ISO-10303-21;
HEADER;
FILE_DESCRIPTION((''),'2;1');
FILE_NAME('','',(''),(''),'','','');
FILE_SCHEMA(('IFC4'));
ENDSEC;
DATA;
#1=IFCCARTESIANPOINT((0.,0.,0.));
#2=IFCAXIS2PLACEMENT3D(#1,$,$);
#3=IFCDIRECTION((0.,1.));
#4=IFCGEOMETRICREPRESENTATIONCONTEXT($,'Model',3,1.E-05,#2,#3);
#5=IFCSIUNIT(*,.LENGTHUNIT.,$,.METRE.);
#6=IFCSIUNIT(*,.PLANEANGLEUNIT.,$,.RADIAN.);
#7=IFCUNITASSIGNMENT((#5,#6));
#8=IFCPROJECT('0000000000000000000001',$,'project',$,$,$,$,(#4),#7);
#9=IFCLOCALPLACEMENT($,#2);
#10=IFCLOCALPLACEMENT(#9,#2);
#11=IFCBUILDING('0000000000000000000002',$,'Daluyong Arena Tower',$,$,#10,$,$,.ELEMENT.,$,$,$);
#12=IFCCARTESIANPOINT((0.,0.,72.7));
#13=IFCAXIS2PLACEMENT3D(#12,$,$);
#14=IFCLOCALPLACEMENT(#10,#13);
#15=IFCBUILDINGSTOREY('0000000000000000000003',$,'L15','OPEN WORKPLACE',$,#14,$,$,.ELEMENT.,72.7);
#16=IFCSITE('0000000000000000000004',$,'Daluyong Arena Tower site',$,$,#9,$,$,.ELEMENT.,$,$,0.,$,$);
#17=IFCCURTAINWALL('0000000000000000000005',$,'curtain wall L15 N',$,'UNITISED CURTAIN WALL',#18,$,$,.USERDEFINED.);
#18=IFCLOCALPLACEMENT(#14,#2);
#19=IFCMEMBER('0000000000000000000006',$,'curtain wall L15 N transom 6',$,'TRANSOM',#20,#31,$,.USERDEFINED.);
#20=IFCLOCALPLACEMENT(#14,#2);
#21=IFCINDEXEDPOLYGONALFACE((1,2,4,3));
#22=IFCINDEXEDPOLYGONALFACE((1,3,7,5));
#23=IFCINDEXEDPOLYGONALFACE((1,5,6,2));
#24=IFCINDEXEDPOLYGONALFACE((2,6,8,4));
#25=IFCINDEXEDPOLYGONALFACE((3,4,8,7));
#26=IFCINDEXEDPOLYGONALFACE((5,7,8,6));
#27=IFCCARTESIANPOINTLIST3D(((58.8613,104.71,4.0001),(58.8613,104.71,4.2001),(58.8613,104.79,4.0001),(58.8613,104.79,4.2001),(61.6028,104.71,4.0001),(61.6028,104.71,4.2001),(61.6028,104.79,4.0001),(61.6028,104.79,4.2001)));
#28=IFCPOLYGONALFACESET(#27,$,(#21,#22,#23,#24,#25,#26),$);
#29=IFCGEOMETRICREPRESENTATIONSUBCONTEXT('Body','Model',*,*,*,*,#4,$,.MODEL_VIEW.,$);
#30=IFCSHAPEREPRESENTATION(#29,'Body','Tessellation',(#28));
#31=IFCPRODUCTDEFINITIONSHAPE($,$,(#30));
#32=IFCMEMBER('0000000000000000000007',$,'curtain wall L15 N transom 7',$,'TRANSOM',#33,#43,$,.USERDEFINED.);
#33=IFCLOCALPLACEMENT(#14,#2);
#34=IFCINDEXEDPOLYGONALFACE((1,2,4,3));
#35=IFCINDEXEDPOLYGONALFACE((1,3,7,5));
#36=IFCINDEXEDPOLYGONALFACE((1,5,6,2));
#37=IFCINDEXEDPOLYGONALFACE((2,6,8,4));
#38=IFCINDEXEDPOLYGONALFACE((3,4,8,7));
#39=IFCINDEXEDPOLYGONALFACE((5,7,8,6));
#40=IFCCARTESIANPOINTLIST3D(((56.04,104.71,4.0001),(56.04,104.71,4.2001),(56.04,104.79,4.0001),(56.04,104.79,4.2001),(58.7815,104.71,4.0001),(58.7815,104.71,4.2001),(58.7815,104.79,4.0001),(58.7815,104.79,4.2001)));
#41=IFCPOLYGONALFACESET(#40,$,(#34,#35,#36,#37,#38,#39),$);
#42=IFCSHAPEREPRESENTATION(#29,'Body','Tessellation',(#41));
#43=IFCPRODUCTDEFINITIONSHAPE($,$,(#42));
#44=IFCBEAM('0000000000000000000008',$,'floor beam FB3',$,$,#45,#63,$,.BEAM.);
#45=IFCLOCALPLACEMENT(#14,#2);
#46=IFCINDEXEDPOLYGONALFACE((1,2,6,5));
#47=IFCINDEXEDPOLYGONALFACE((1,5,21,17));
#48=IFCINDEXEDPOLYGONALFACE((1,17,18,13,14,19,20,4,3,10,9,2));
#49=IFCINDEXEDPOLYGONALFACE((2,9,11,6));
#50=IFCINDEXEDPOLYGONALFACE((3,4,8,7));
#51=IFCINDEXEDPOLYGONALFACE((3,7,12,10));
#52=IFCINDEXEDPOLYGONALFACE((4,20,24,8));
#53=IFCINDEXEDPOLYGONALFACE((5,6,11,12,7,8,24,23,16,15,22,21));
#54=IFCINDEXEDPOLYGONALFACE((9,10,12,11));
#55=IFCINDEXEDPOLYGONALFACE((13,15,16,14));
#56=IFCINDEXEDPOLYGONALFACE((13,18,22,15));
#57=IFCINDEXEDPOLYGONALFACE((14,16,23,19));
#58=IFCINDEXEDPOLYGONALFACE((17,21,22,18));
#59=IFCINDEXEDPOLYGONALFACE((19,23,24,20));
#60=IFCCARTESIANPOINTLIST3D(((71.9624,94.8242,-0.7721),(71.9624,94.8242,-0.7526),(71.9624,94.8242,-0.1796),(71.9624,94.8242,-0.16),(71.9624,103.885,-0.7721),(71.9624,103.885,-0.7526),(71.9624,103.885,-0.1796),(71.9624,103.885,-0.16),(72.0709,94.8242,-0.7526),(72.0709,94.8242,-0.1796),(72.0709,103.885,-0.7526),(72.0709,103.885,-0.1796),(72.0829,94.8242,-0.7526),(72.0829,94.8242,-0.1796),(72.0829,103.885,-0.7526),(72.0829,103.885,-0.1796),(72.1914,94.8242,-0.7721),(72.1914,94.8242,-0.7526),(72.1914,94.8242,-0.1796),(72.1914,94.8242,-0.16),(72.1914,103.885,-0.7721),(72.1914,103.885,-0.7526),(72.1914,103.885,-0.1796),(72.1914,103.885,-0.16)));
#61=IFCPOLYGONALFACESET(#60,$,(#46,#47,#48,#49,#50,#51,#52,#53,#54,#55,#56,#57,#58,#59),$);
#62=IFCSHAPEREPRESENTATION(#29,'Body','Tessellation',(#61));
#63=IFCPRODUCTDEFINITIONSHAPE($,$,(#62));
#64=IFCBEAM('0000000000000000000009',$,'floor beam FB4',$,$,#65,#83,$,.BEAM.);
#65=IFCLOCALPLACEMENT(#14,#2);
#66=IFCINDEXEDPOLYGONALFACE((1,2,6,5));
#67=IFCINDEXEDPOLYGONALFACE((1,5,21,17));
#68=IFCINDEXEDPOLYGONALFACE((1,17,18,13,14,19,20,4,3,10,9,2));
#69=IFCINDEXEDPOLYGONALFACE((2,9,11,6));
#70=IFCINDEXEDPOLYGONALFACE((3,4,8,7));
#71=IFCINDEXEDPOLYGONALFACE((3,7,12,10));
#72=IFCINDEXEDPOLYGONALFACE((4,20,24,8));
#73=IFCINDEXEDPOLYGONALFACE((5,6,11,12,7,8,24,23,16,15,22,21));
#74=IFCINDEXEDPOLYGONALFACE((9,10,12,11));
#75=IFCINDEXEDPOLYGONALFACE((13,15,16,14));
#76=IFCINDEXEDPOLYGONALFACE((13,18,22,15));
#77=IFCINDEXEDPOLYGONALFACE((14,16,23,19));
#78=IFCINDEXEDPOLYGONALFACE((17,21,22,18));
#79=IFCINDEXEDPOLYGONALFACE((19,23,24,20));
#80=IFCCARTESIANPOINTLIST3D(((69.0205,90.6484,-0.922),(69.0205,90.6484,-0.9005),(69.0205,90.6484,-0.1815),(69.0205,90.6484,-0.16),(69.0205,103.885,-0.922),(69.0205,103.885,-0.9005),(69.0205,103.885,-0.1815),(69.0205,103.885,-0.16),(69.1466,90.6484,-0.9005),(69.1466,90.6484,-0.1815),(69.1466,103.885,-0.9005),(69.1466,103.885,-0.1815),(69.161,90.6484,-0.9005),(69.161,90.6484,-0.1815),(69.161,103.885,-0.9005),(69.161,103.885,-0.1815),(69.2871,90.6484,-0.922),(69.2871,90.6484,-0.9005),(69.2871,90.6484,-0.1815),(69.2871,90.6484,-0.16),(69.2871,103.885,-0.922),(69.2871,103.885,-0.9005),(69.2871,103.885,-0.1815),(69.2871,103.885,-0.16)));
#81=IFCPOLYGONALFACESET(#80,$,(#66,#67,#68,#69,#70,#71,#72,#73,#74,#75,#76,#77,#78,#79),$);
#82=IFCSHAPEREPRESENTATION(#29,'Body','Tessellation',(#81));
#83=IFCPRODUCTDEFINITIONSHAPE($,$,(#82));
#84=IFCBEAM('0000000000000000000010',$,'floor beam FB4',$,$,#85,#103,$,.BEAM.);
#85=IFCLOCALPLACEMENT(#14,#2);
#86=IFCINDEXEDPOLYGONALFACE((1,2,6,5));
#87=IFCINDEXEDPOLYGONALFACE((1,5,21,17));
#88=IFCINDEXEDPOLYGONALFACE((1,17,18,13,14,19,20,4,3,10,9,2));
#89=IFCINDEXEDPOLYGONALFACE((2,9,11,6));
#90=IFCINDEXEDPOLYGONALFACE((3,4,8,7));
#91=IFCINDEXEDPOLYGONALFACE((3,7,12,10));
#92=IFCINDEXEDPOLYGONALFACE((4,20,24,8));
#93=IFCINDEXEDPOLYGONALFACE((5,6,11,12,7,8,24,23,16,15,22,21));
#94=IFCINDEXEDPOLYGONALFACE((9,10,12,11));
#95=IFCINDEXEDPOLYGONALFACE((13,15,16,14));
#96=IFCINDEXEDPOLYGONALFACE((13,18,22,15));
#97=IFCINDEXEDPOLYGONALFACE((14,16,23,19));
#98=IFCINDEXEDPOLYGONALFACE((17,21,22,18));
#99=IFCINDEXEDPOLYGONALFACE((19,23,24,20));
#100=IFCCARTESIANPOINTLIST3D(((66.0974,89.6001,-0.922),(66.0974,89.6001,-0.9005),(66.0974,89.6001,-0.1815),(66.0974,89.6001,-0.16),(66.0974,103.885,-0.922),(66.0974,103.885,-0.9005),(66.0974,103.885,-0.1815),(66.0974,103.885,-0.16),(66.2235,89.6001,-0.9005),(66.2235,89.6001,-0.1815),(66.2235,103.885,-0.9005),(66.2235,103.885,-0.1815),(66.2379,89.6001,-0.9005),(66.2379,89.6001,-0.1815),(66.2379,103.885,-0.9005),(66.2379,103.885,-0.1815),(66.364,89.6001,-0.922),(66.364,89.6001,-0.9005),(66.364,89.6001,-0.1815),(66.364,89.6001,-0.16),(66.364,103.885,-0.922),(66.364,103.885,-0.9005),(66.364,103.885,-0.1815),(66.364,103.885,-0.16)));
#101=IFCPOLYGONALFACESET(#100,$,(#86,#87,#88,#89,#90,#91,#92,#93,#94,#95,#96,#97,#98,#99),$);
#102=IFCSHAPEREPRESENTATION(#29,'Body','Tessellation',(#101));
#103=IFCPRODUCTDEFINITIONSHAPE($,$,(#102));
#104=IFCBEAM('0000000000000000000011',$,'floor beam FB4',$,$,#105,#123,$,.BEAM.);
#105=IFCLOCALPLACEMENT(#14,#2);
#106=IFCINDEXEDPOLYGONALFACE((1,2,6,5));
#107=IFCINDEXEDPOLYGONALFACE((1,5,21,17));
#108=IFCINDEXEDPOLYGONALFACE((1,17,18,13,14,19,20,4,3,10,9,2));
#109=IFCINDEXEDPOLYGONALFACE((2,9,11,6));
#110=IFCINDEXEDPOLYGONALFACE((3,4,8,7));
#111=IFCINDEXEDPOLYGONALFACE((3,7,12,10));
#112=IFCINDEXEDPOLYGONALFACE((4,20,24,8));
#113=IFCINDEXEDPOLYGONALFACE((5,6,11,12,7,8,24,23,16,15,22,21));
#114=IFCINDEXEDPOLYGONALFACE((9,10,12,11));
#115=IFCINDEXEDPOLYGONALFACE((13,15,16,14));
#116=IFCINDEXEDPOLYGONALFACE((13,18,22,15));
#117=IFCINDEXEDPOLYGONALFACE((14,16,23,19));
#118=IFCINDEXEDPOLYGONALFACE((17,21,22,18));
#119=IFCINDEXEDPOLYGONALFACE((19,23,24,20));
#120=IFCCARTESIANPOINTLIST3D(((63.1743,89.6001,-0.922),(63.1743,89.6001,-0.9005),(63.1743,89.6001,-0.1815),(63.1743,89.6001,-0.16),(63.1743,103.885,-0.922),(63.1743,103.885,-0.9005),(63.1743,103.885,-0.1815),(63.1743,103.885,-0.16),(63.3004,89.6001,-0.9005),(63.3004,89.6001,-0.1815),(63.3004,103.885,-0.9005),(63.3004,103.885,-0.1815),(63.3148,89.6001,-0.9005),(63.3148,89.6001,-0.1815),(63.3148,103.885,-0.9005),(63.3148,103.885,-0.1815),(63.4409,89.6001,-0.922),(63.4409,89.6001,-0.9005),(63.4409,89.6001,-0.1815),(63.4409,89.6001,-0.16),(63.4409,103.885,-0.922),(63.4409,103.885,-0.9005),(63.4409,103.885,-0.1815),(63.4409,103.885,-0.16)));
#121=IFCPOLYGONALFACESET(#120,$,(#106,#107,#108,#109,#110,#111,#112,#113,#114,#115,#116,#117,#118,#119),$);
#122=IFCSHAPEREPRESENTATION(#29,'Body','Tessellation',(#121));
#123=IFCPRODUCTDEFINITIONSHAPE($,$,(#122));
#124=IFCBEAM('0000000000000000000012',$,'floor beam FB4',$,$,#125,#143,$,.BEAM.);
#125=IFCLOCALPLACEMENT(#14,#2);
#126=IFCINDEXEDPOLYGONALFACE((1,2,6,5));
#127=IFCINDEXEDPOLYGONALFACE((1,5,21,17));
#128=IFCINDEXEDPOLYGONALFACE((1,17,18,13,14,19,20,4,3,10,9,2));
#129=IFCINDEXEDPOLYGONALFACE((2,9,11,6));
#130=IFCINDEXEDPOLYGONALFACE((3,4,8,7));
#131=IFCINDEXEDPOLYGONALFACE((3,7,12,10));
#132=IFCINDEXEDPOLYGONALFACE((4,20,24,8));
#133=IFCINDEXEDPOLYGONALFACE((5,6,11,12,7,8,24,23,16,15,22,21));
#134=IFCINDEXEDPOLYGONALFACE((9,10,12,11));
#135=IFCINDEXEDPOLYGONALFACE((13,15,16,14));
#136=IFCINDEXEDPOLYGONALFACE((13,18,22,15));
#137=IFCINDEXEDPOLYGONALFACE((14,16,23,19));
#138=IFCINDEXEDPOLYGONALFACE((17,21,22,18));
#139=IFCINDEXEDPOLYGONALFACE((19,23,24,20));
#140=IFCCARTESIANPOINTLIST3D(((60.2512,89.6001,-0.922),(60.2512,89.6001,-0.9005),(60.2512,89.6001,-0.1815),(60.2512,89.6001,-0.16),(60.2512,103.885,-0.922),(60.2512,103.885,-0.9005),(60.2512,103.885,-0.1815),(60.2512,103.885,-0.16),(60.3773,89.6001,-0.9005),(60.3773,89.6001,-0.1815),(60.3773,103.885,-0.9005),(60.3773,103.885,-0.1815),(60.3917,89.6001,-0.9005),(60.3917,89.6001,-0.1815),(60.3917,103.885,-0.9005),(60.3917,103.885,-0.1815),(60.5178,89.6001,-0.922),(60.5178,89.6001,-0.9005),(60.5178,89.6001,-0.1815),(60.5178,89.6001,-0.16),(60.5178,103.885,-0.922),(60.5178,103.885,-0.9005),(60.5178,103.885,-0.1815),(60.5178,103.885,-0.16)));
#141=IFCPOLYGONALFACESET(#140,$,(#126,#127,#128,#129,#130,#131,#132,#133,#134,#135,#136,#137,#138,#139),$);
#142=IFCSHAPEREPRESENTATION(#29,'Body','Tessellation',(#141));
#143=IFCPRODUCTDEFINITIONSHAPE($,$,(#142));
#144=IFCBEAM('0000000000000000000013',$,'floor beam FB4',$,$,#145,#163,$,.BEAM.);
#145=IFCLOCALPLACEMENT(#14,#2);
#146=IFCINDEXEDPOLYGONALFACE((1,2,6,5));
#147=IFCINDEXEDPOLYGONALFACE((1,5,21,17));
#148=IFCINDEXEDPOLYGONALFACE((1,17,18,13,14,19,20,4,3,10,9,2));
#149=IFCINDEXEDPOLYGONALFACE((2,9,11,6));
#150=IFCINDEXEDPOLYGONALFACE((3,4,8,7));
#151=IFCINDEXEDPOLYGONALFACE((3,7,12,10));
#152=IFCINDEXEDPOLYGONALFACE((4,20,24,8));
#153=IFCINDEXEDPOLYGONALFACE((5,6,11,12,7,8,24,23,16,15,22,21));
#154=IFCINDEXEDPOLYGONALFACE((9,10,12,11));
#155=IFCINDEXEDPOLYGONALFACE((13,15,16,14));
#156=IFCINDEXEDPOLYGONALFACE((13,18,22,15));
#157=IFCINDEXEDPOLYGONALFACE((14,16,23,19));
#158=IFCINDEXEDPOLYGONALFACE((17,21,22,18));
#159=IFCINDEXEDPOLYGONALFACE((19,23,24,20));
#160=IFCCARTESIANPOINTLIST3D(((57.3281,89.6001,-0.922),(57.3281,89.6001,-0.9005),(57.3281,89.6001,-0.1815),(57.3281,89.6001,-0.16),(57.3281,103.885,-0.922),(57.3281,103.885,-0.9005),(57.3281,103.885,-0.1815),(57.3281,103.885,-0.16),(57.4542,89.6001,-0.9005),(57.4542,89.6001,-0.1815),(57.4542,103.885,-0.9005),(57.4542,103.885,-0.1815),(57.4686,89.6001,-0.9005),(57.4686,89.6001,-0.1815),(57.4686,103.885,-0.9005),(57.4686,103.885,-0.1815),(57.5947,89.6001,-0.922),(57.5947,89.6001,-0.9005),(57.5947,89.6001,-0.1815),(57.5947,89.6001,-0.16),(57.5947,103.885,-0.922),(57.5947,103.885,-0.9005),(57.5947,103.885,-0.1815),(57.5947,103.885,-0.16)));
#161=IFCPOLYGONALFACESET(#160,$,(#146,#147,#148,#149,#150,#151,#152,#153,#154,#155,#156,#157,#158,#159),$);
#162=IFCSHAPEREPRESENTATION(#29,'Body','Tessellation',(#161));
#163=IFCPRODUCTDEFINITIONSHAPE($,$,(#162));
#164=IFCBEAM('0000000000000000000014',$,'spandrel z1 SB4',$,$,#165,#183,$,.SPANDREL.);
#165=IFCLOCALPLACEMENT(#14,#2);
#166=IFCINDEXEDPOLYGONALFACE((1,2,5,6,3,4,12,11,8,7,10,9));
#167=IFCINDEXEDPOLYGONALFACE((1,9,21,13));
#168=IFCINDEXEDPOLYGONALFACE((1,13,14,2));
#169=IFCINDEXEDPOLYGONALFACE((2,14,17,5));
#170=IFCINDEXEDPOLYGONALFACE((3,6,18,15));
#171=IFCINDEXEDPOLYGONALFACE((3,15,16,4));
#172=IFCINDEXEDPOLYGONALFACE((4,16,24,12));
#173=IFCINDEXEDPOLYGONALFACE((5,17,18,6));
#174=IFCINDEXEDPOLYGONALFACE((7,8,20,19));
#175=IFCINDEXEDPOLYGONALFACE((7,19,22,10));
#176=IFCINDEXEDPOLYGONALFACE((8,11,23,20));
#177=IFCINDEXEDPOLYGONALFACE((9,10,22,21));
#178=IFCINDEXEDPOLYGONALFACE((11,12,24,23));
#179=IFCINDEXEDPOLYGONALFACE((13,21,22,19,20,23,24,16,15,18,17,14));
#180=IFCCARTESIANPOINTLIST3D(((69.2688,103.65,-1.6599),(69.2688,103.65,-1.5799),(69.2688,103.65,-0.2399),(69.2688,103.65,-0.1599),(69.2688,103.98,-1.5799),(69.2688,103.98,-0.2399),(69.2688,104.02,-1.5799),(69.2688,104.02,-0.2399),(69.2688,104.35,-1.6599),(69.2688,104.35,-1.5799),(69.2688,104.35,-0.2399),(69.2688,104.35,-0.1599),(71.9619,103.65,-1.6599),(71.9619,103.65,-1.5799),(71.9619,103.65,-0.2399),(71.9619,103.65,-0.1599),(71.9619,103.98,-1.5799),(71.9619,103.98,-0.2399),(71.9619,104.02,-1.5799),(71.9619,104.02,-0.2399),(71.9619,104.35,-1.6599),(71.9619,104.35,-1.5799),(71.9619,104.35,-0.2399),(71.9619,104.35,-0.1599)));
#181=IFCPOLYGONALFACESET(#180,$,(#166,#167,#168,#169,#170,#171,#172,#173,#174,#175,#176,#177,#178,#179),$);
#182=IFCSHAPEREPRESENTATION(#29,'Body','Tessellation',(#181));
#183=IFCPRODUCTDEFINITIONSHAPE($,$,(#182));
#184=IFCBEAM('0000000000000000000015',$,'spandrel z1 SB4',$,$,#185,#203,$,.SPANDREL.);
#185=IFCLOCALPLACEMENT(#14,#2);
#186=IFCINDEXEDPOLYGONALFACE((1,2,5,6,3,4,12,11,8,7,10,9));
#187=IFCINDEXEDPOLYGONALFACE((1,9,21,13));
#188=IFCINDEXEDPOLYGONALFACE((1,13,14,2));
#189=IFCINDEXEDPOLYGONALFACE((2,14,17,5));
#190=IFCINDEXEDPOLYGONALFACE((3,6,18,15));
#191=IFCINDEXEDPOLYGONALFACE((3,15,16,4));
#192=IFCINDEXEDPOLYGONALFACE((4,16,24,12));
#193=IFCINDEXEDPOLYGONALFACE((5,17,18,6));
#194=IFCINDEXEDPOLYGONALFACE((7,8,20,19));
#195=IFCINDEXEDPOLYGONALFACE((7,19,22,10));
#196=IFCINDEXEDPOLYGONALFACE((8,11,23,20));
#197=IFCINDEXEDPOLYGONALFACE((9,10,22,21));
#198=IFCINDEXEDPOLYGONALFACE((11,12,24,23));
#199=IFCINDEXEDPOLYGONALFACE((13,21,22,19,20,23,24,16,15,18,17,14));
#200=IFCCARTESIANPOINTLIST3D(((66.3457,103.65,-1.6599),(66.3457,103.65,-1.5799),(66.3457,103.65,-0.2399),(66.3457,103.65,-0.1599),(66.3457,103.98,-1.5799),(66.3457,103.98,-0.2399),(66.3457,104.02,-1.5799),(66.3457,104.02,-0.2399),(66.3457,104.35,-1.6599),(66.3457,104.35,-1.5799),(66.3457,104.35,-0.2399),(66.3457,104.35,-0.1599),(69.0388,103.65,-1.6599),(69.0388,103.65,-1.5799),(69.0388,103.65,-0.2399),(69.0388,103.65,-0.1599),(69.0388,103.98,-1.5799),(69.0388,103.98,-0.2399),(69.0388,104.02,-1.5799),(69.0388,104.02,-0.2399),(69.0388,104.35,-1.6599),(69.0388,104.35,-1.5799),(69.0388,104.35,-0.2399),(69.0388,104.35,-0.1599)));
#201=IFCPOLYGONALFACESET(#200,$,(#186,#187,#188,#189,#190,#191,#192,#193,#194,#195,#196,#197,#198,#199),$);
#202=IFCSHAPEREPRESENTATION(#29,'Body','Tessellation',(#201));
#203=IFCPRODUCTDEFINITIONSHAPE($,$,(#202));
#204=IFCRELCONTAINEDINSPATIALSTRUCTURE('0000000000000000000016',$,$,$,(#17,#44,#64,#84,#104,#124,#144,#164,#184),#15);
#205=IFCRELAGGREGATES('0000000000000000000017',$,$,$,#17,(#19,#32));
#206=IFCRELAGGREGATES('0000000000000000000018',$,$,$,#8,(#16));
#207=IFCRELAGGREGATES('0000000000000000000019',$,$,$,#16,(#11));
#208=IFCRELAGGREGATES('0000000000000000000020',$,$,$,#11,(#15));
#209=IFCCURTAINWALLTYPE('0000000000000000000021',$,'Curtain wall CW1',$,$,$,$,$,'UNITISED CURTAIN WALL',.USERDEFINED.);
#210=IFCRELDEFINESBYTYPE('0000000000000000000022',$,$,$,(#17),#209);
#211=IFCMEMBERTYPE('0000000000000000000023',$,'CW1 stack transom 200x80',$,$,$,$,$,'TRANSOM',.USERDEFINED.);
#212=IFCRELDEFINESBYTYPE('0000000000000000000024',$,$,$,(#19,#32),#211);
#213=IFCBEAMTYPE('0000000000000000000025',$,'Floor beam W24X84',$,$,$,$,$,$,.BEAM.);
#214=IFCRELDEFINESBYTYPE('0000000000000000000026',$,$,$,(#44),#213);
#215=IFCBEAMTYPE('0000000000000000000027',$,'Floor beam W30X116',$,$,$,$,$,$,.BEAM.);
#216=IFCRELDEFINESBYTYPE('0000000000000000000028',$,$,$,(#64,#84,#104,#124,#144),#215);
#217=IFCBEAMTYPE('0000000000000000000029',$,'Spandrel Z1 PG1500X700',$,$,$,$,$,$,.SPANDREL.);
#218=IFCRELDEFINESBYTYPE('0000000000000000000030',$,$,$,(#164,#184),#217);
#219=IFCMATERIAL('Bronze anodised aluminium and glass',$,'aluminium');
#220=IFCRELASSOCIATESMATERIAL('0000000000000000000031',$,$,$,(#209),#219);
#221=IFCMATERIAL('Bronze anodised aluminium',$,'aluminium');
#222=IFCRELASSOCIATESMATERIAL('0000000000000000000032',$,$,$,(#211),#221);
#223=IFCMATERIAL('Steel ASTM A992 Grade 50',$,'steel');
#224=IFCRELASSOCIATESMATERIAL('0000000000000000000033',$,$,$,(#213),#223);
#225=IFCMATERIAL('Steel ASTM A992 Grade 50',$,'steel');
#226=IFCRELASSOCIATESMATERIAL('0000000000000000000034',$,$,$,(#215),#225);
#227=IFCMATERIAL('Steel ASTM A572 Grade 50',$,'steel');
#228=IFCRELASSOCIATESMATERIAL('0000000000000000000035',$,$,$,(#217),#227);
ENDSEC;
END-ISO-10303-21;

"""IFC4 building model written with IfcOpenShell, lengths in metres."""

from ifc_helpers import new_model, si_unit, direction, frame, origin, origin_2d, place, context, subcontext, project, spatial, rectangle, i_section, extrude, material, material_profile, profile_set, type_object, element, aggregate, save


model = new_model("IFC4")

# Units and contexts
model_context = context("Model", 3, precision=1e-05, world=origin(), true_north=direction((0.0, 1.0)))
body_context = subcontext(model_context, "Body", "Model", "MODEL_VIEW")
ifc_project = project(units=[si_unit("LENGTHUNIT", "METRE"), si_unit("PLANEANGLEUNIT", "RADIAN")], contexts=[model_context])

# Site, building, storey
site_placement = place(None, origin())
site = spatial("IfcSite", under=ifc_project, at=site_placement, Name="Daluyong Arena Tower site", CompositionType="ELEMENT", RefElevation=0.0)
building_placement = place(site_placement, origin())
building = spatial("IfcBuilding", under=site, at=building_placement, Name="Daluyong Arena Tower", CompositionType="ELEMENT")
storey_placement = place(building_placement, frame((0.0, 0.0, 72.7)))
storey = spatial("IfcBuildingStorey", under=building, at=storey_placement, Name="L15", Description="OPEN WORKPLACE", CompositionType="ELEMENT", Elevation=72.7)

# Curtain wall, members
ifc_material_1 = material(Name="Bronze anodised aluminium and glass", Category="aluminium")
curtain_wall_type = type_object("IfcCurtainWallType", Name="Curtain wall CW1", ElementType="UNITISED CURTAIN WALL", PredefinedType="USERDEFINED", material=ifc_material_1)
curtain_wall_placement = place(storey_placement, origin())
curtain_wall = element("IfcCurtainWall", 1, at=curtain_wall_placement, inside=storey, type_object=curtain_wall_type, Name="curtain wall L15 N", ObjectType="UNITISED CURTAIN WALL", PredefinedType="USERDEFINED")
ifc_material_2 = material(Name="Bronze anodised aluminium", Category="aluminium")
ifc_material_profile_1 = material_profile(ifc_material_2, rectangle(XDim=0.0801, YDim=0.2, at=origin_2d()))
ifc_profile_set_1 = profile_set([ifc_material_profile_1], Name="Bronze anodised aluminium")
member_type_1 = type_object("IfcMemberType", Name="CW1 stack transom 200x80", ElementType="TRANSOM", PredefinedType="USERDEFINED", material=ifc_profile_set_1)
member_1_placement = place(storey_placement, frame((61.6028, 104.75, 4.1001), z_axis=(-1.0, 0.0, 0.0), x_axis=(0.0, -1.0, 0.0)))
member_1 = element("IfcMember", 2, at=member_1_placement, type_object=member_type_1, Name="curtain wall L15 N transom 6", ObjectType="TRANSOM", PredefinedType="USERDEFINED", context=body_context, shape_type="SweptSolid", body=[
    extrude(rectangle(XDim=0.0801, YDim=0.2, at=origin_2d()), origin(), (0.0, 0.0, 1.0), 2.7415),
])
member_2_placement = place(storey_placement, frame((58.7815, 104.75, 4.1001), z_axis=(-1.0, 0.0, 0.0), x_axis=(0.0, -1.0, 0.0)))
member_2 = element("IfcMember", 3, at=member_2_placement, type_object=member_type_1, Name="curtain wall L15 N transom 7", ObjectType="TRANSOM", PredefinedType="USERDEFINED", context=body_context, shape_type="SweptSolid", body=[
    extrude(rectangle(XDim=0.0801, YDim=0.2, at=origin_2d()), origin(), (0.0, 0.0, 1.0), 2.7415),
])

# Beams
ifc_material_3 = material(Name="Steel ASTM A992 Grade 50", Category="steel")
ifc_material_profile_2 = material_profile(ifc_material_3, i_section(OverallWidth=0.229, OverallDepth=0.6121, WebThickness=0.012, FlangeThickness=0.0195, at=origin_2d()))
ifc_profile_set_2 = profile_set([ifc_material_profile_2], Name="Steel ASTM A992 Grade 50")
beam_type_1 = type_object("IfcBeamType", Name="Floor beam W24X84", PredefinedType="BEAM", material=ifc_profile_set_2)
beam_1_placement = place(storey_placement, frame((72.0769, 103.885, -0.4661), z_axis=(0.0, -1.0, 0.0), x_axis=(1.0, 0.0, 0.0)))
element("IfcBeam", 4, at=beam_1_placement, inside=storey, type_object=beam_type_1, Name="floor beam FB3", PredefinedType="BEAM", context=body_context, shape_type="SweptSolid", body=[
    extrude(i_section(OverallWidth=0.229, OverallDepth=0.6121, WebThickness=0.012, FlangeThickness=0.0195, at=origin_2d()), origin(), (0.0, 0.0, 1.0), 9.0608),
])
ifc_material_4 = material(Name="Steel ASTM A992 Grade 50", Category="steel")
ifc_material_profile_3 = material_profile(ifc_material_4, i_section(OverallWidth=0.2666, OverallDepth=0.762, WebThickness=0.0144, FlangeThickness=0.0215, at=origin_2d()))
ifc_profile_set_3 = profile_set([ifc_material_profile_3], Name="Steel ASTM A992 Grade 50")
beam_type_2 = type_object("IfcBeamType", Name="Floor beam W30X116", PredefinedType="BEAM", material=ifc_profile_set_3)
beam_2_placement = place(storey_placement, frame((69.1538, 103.885, -0.541), z_axis=(0.0, -1.0, 0.0), x_axis=(1.0, 0.0, 0.0)))
element("IfcBeam", 5, at=beam_2_placement, inside=storey, type_object=beam_type_2, Name="floor beam FB4", PredefinedType="BEAM", context=body_context, shape_type="SweptSolid", body=[
    extrude(i_section(OverallWidth=0.2666, OverallDepth=0.762, WebThickness=0.0144, FlangeThickness=0.0215, at=origin_2d()), origin(), (0.0, 0.0, 1.0), 13.2366),
])
for number, where, z_axis, x_axis, name in (
    (6, (66.2307, 103.885, -0.541), (0.0, -1.0, 0.0), (1.0, 0.0, 0.0), "floor beam FB4"),
    (7, (63.3076, 103.885, -0.541), (0.0, -1.0, 0.0), (1.0, 0.0, 0.0), "floor beam FB4"),
    (8, (60.3845, 103.885, -0.541), (0.0, -1.0, 0.0), (1.0, 0.0, 0.0), "floor beam FB4"),
    (9, (57.4614, 103.885, -0.541), (0.0, -1.0, 0.0), (1.0, 0.0, 0.0), "floor beam FB4"),
):
    element("IfcBeam", number, at=place(storey_placement, frame(where, z_axis=z_axis, x_axis=x_axis)), inside=storey, type_object=beam_type_2, Name=name, PredefinedType="BEAM", context=body_context, shape_type="SweptSolid", body=[
        extrude(i_section(OverallWidth=0.2666, OverallDepth=0.762, WebThickness=0.0144, FlangeThickness=0.0215, at=origin_2d()), origin(), (0.0, 0.0, 1.0), 14.2849),
    ])
ifc_material_5 = material(Name="Steel ASTM A572 Grade 50", Category="steel")
ifc_material_profile_4 = material_profile(ifc_material_5, i_section(OverallWidth=0.7, OverallDepth=1.5, WebThickness=0.04, FlangeThickness=0.08, at=origin_2d()))
ifc_profile_set_4 = profile_set([ifc_material_profile_4], Name="Steel ASTM A572 Grade 50")
beam_type_3 = type_object("IfcBeamType", Name="Spandrel Z1 PG1500X700", PredefinedType="SPANDREL", material=ifc_profile_set_4)
for number, where, z_axis, x_axis, name in (
    (10, (71.9619, 104.0, -0.9099), (-1.0, 0.0, 0.0), (0.0, -1.0, 0.0), "spandrel z1 SB4"),
    (11, (69.0388, 104.0, -0.9099), (-1.0, 0.0, 0.0), (0.0, -1.0, 0.0), "spandrel z1 SB4"),
):
    element("IfcBeam", number, at=place(storey_placement, frame(where, z_axis=z_axis, x_axis=x_axis)), inside=storey, type_object=beam_type_3, Name=name, PredefinedType="SPANDREL", context=body_context, shape_type="SweptSolid", body=[
        extrude(i_section(OverallWidth=0.7, OverallDepth=1.5, WebThickness=0.04, FlangeThickness=0.08, at=origin_2d()), origin(), (0.0, 0.0, 1.0), 2.6931),
    ])

aggregate(curtain_wall, [member_1, member_2])

save(model, "model.ifc")
